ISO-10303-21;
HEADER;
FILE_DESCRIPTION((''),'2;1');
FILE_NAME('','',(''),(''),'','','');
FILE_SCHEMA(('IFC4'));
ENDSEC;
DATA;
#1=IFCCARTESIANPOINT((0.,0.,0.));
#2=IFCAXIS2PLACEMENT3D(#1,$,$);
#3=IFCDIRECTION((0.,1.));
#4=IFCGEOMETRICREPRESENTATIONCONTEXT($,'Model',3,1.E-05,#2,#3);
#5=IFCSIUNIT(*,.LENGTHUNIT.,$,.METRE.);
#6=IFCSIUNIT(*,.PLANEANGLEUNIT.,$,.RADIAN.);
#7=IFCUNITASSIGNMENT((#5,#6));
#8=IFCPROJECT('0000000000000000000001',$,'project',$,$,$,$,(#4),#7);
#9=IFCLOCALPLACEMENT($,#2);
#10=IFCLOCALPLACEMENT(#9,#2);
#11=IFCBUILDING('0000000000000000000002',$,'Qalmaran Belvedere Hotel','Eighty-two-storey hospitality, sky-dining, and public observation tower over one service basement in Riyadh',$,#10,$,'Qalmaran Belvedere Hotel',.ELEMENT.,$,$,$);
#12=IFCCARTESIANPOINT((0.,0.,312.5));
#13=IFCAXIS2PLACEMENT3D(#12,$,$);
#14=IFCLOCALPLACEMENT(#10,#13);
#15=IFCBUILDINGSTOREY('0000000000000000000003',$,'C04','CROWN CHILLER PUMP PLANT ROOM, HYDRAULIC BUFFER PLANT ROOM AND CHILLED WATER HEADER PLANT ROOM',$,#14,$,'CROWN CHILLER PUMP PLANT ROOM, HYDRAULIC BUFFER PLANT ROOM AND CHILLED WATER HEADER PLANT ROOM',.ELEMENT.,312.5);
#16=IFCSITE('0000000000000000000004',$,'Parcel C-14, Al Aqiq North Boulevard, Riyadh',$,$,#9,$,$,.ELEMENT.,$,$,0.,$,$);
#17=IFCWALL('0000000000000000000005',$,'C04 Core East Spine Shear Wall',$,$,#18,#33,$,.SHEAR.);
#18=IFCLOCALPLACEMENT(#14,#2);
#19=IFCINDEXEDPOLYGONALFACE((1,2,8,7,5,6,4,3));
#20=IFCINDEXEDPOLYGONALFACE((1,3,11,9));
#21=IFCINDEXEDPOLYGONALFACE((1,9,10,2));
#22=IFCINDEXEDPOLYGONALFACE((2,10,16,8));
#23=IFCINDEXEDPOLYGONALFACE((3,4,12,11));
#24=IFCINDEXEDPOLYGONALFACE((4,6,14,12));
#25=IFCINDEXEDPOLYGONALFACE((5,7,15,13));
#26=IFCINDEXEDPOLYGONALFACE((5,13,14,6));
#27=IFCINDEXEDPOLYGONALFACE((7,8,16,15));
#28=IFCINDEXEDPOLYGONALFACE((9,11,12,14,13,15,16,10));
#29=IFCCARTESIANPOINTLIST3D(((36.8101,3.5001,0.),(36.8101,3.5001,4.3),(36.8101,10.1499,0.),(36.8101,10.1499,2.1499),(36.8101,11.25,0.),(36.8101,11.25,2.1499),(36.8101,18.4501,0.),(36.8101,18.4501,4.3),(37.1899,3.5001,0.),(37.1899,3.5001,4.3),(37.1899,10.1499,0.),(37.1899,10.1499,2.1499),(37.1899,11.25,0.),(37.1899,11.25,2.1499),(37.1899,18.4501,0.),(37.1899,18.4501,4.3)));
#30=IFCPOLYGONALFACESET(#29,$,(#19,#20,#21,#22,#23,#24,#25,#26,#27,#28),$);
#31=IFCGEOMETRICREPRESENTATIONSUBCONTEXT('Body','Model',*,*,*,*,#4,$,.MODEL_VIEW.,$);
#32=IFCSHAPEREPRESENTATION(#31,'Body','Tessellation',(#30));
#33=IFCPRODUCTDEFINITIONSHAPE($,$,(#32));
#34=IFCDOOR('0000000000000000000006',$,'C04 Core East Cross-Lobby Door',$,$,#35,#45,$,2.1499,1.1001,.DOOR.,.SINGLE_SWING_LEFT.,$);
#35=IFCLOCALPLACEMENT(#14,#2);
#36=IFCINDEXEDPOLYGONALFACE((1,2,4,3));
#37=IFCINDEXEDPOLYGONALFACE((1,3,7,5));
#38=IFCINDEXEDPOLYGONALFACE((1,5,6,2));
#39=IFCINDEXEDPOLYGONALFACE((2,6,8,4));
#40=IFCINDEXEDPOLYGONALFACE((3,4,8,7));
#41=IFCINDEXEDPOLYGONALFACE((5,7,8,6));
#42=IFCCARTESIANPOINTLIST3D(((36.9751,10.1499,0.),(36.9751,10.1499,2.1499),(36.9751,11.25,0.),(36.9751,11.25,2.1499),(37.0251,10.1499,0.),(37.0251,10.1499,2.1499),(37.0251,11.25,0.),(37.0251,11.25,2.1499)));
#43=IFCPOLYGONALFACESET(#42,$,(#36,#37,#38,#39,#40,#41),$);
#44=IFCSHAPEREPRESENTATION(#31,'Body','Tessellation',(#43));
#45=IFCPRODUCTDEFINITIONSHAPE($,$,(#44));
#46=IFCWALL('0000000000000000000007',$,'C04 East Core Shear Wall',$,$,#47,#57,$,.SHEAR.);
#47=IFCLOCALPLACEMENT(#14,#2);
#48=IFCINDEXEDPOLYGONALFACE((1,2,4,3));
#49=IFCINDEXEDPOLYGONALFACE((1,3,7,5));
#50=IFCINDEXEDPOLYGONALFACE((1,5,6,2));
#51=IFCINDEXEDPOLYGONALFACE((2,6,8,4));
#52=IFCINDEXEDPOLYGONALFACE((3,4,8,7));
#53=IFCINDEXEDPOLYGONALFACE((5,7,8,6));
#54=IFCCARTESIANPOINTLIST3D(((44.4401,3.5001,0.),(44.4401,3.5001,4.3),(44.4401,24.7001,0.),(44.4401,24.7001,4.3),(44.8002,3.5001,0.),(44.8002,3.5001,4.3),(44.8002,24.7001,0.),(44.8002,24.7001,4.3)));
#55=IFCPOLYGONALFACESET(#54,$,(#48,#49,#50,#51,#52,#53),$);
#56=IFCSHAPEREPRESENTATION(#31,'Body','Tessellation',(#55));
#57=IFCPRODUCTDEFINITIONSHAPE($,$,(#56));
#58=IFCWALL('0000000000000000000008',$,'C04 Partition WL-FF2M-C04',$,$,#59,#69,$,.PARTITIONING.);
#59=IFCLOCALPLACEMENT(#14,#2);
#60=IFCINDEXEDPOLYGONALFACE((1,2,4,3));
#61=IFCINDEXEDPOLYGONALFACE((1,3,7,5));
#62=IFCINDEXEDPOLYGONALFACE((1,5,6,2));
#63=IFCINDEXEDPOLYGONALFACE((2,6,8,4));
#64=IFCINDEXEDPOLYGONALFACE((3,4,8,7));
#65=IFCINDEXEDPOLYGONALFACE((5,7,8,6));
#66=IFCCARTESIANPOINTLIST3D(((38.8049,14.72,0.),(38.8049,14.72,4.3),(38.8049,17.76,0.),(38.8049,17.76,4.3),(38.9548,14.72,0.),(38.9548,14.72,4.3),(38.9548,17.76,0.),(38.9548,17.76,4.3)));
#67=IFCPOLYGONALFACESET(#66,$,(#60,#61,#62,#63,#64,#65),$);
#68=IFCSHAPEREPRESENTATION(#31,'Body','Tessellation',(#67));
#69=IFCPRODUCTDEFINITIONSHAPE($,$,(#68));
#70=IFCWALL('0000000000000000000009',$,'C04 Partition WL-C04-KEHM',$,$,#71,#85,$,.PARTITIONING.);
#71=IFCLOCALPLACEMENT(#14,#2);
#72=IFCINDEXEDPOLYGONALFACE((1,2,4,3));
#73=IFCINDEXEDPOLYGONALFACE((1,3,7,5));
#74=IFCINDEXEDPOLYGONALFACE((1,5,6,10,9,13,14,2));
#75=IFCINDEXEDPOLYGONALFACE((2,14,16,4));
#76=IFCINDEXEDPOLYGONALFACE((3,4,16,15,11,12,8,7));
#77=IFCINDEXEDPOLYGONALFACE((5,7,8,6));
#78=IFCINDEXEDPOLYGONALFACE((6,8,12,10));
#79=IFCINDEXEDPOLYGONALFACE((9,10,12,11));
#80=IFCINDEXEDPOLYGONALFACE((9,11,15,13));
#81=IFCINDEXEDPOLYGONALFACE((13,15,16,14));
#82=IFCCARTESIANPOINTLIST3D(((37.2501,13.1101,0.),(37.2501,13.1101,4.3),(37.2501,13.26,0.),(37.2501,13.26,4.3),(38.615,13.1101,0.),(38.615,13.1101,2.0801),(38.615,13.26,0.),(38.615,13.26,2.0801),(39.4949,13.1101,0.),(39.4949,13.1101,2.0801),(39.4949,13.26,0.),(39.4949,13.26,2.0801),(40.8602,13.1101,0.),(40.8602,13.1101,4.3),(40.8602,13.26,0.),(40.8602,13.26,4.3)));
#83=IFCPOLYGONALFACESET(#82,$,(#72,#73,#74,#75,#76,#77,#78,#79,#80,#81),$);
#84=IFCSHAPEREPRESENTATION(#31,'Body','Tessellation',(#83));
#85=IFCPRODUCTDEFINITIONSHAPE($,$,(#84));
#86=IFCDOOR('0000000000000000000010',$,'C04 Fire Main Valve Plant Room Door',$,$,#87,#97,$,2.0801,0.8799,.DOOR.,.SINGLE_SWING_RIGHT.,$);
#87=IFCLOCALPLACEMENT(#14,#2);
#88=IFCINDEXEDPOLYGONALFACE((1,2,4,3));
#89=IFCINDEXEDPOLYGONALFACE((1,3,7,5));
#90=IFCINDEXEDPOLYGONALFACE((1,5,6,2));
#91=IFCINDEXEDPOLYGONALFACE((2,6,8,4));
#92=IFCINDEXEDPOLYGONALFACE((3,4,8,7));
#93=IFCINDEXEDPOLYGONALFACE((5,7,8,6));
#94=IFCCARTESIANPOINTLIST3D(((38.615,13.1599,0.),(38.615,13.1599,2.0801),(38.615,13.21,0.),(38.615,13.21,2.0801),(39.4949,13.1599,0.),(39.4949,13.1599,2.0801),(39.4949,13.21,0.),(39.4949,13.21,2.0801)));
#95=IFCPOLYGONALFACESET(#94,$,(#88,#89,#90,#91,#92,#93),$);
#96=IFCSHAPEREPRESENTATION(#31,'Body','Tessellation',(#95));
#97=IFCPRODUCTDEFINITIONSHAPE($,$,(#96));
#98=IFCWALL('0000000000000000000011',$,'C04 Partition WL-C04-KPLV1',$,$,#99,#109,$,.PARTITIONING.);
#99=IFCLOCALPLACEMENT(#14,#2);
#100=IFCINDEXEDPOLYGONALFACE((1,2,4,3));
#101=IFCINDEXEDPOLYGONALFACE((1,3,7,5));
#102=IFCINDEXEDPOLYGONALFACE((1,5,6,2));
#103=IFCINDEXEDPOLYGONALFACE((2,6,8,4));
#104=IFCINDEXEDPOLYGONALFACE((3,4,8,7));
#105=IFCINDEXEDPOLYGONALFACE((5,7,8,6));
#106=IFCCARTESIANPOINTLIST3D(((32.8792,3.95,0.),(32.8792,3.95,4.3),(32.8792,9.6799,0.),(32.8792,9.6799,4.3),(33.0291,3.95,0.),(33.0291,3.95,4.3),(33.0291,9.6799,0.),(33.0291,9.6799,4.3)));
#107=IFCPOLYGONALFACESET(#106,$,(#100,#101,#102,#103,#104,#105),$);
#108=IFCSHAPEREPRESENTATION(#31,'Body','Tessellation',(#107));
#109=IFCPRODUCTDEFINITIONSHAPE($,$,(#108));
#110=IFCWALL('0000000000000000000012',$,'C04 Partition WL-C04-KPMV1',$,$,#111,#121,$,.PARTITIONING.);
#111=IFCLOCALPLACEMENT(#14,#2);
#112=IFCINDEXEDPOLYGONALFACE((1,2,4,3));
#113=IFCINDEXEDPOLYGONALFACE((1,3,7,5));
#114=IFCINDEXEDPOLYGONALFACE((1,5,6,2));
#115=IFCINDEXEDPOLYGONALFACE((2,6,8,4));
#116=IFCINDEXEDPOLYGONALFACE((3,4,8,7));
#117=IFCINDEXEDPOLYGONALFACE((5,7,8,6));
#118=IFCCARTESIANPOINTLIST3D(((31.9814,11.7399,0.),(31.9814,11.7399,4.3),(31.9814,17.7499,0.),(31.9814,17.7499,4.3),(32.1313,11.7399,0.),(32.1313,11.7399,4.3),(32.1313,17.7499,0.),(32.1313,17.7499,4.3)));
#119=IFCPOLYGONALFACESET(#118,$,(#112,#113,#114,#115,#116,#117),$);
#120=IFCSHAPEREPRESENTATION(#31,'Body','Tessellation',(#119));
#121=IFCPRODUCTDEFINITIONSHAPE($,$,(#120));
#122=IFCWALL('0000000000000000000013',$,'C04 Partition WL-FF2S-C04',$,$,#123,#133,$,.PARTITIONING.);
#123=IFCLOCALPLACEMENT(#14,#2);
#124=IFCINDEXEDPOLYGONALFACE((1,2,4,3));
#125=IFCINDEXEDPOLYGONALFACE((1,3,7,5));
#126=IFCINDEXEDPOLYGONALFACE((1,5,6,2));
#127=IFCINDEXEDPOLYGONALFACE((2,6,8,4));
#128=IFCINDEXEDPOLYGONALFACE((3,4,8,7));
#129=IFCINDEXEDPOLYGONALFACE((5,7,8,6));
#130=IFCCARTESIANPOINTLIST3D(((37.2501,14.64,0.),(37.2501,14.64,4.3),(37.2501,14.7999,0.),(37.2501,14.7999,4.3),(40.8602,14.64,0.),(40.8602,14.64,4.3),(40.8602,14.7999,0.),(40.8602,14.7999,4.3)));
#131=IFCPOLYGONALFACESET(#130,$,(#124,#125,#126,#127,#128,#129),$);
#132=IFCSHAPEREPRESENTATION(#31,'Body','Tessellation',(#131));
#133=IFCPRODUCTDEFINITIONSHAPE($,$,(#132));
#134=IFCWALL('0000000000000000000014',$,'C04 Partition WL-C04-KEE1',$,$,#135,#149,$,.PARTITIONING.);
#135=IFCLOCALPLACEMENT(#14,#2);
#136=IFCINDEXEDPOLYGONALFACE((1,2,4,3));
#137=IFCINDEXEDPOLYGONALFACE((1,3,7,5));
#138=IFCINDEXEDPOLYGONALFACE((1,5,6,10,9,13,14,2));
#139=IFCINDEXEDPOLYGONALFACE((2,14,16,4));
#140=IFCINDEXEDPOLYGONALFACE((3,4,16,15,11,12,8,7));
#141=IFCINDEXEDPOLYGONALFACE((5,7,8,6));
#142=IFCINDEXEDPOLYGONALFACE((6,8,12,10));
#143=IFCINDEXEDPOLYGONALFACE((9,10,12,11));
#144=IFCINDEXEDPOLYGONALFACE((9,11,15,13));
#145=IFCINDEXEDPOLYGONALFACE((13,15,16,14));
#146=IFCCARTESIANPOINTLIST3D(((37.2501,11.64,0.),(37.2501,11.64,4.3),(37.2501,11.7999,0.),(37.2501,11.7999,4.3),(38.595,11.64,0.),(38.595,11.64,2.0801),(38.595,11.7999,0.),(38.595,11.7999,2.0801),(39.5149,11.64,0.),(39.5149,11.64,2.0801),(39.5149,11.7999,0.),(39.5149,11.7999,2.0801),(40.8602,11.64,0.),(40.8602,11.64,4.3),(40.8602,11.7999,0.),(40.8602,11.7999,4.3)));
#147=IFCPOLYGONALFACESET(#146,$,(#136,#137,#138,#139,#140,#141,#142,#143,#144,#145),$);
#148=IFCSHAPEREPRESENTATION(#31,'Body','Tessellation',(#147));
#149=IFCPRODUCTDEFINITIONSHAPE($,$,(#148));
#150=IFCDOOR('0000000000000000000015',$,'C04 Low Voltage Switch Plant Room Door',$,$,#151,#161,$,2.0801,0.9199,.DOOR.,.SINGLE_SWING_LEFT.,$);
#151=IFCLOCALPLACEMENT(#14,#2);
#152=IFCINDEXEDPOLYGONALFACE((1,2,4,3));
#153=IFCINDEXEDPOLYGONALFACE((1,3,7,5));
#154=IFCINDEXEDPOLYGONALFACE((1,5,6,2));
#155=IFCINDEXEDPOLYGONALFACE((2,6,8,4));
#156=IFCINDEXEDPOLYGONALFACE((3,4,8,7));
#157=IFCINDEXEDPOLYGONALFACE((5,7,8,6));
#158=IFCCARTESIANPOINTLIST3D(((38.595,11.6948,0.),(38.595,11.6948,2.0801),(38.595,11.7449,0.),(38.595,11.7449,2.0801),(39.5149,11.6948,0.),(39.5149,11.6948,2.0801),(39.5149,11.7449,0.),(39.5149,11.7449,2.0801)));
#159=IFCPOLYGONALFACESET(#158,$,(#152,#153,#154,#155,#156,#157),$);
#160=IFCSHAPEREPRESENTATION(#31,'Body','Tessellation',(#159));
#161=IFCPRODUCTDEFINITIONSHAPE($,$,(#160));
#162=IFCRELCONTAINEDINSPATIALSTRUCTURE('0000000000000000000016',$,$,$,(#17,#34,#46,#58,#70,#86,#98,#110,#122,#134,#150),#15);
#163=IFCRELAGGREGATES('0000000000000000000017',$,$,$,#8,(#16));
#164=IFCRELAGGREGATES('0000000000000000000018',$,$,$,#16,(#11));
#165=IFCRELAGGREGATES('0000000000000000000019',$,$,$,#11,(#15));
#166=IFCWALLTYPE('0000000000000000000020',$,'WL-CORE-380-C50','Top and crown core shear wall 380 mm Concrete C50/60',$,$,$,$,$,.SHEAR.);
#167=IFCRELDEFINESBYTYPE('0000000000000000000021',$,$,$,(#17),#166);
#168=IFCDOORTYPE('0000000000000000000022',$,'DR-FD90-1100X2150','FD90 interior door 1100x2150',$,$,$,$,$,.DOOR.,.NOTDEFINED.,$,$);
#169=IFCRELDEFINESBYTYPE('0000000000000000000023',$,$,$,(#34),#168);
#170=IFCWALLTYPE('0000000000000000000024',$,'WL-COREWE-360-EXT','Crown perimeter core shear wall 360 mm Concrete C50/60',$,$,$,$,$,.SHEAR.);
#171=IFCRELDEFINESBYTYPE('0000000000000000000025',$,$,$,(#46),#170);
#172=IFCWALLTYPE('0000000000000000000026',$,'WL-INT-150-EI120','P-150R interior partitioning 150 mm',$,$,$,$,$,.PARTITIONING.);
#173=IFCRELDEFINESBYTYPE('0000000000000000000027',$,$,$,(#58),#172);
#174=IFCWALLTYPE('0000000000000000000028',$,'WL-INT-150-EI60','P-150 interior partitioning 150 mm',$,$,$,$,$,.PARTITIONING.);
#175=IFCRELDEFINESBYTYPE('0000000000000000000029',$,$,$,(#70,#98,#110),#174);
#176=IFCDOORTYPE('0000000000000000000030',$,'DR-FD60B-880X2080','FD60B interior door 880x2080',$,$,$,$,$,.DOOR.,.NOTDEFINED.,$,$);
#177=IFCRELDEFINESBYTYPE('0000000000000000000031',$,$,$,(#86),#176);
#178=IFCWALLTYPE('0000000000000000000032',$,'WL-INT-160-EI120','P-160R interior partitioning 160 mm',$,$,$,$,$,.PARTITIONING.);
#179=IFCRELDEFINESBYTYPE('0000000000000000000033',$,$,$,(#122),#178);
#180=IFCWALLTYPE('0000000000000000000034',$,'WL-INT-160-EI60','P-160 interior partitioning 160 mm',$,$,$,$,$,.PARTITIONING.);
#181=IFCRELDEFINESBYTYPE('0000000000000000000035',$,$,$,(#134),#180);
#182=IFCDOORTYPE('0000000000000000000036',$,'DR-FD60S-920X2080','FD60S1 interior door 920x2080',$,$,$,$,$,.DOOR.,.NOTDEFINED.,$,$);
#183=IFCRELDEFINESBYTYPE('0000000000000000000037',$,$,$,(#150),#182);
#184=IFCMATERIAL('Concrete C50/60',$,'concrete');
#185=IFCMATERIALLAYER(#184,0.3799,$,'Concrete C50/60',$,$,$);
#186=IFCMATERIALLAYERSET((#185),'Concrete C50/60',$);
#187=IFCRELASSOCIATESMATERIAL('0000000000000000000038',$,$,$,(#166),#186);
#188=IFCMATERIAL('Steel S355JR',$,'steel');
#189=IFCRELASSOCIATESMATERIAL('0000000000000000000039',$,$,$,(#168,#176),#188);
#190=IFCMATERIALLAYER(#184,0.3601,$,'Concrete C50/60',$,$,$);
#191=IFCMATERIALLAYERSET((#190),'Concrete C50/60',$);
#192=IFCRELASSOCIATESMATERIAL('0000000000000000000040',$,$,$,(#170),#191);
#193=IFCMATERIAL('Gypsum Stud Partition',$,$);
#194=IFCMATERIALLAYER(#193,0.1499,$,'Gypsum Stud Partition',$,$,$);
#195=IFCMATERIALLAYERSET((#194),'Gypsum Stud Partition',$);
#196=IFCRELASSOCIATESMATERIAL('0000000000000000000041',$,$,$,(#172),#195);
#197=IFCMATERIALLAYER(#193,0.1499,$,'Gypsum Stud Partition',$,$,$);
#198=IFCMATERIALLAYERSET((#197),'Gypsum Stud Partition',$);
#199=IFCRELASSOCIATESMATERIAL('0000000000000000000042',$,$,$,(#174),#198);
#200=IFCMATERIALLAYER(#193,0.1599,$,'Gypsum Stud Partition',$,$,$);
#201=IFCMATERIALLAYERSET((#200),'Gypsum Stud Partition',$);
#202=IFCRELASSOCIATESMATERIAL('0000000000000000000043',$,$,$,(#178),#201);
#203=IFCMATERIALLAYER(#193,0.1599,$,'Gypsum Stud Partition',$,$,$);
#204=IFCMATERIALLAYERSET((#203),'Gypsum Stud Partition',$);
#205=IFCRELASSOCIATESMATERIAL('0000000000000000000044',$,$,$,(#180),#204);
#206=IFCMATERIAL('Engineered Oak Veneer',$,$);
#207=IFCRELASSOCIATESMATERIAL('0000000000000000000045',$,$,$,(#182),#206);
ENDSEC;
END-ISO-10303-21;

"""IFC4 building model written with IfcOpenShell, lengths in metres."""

from ifc_helpers import new_model, si_unit, direction, frame, frame_2d, origin, place, context, subcontext, project, spatial, rectangle, extrude, material, layer, layer_set, type_object, element, fill, save


model = new_model("IFC4")

# Units and contexts
model_context = context("Model", 3, precision=1e-05, world=origin(), true_north=direction((0.0, 1.0)))
body_context = subcontext(model_context, "Body", "Model", "MODEL_VIEW")
ifc_project = project(units=[si_unit("LENGTHUNIT", "METRE"), si_unit("PLANEANGLEUNIT", "RADIAN")], contexts=[model_context])

# Site, building, storey
site_placement = place(None, origin())
site = spatial("IfcSite", under=ifc_project, at=site_placement, Name="Parcel C-14, Al Aqiq North Boulevard, Riyadh", CompositionType="ELEMENT", RefElevation=0.0)
building_placement = place(site_placement, origin())
building = spatial("IfcBuilding", under=site, at=building_placement, Name="Qalmaran Belvedere Hotel", Description="Eighty-two-storey hospitality, sky-dining, and public observation tower over one service basement in Riyadh", LongName="Qalmaran Belvedere Hotel", CompositionType="ELEMENT")
storey_placement = place(building_placement, frame((0.0, 0.0, 312.5)))
storey = spatial("IfcBuildingStorey", under=building, at=storey_placement, Name="C04", Description="CROWN CHILLER PUMP PLANT ROOM, HYDRAULIC BUFFER PLANT ROOM AND CHILLED WATER HEADER PLANT ROOM", LongName="CROWN CHILLER PUMP PLANT ROOM, HYDRAULIC BUFFER PLANT ROOM AND CHILLED WATER HEADER PLANT ROOM", CompositionType="ELEMENT", Elevation=312.5)

# Wall, opening, door
ifc_material_1 = material(Name="Concrete C50/60", Category="concrete")
ifc_layer_1 = layer(ifc_material_1, 0.3799, Name="Concrete C50/60")
ifc_layer_set_1 = layer_set([ifc_layer_1], Name="Concrete C50/60")
wall_type_1 = type_object("IfcWallType", Name="WL-CORE-380-C50", Description="Top and crown core shear wall 380 mm Concrete C50/60", PredefinedType="SHEAR", material=ifc_layer_set_1)
wall_1_placement = place(storey_placement, frame((37.0, 3.5, 0.0), z_axis=(0.0, 0.0, 1.0), x_axis=(0.0, 1.0, 0.0)))
wall_1 = element("IfcWall", 1, at=wall_1_placement, inside=storey, type_object=wall_type_1, Name="C04 Core East Spine Shear Wall", PredefinedType="SHEAR", context=body_context, shape_type="SweptSolid", body=[
    extrude(rectangle(XDim=14.95, YDim=0.3799, at=frame_2d((7.4751, 0.0))), origin(), (0.0, 0.0, 1.0), 4.3),
])
opening_1_placement = place(wall_1_placement, frame((6.6499, 0.0, 0.0)))
opening_1 = element("IfcOpeningElement", 2, at=opening_1_placement, cuts=wall_1, PredefinedType="OPENING", context=body_context, shape_type="SweptSolid", body=[
    extrude(rectangle(XDim=1.1001, YDim=2.1499, at=frame_2d((0.55, 1.075))), frame((0.0, 0.2, 0.0), z_axis=(0.0, -1.0, 0.0), x_axis=(1.0, 0.0, 0.0)), (0.0, 0.0, 1.0), 0.3999),
])
ifc_material_2 = material(Name="Steel S355JR", Category="steel")
door_type_1 = type_object("IfcDoorType", Name="DR-FD90-1100X2150", Description="FD90 interior door 1100x2150", OperationType="NOTDEFINED", PredefinedType="DOOR", material=ifc_material_2)
door_1_placement = place(opening_1_placement, origin())
door_1 = element("IfcDoor", 3, at=door_1_placement, inside=storey, type_object=door_type_1, Name="C04 Core East Cross-Lobby Door", OperationType="SINGLE_SWING_LEFT", OverallHeight=2.1499, OverallWidth=1.1001, PredefinedType="DOOR", context=body_context, shape_type="SweptSolid", body=[
    extrude(rectangle(XDim=1.1001, YDim=2.1499, at=frame_2d((0.55, 1.075))), frame((0.0, 0.0249, 0.0), z_axis=(0.0, -1.0, 0.0), x_axis=(1.0, 0.0, 0.0)), (0.0, 0.0, 1.0), 0.05),
])
fill(opening_1, door_1)

# Walls
ifc_layer_2 = layer(ifc_material_1, 0.3601, Name="Concrete C50/60")
ifc_layer_set_2 = layer_set([ifc_layer_2], Name="Concrete C50/60")
wall_type_2 = type_object("IfcWallType", Name="WL-COREWE-360-EXT", Description="Crown perimeter core shear wall 360 mm Concrete C50/60", PredefinedType="SHEAR", material=ifc_layer_set_2)
wall_2_placement = place(storey_placement, frame((44.6201, 3.5, 0.0), z_axis=(0.0, 0.0, 1.0), x_axis=(0.0, 1.0, 0.0)))
element("IfcWall", 4, at=wall_2_placement, inside=storey, type_object=wall_type_2, Name="C04 East Core Shear Wall", PredefinedType="SHEAR", context=body_context, shape_type="SweptSolid", body=[
    extrude(rectangle(XDim=21.2, YDim=0.3601, at=frame_2d((10.6001, 0.0))), origin(), (0.0, 0.0, 1.0), 4.3),
])
ifc_material_3 = material(Name="Gypsum Stud Partition")
ifc_layer_3 = layer(ifc_material_3, 0.1499, Name="Gypsum Stud Partition")
ifc_layer_set_3 = layer_set([ifc_layer_3], Name="Gypsum Stud Partition")
wall_type_3 = type_object("IfcWallType", Name="WL-INT-150-EI120", Description="P-150R interior partitioning 150 mm", PredefinedType="PARTITIONING", material=ifc_layer_set_3)
wall_3_placement = place(storey_placement, frame((38.8799, 14.72, 0.0), z_axis=(0.0, 0.0, 1.0), x_axis=(0.0, 1.0, 0.0)))
element("IfcWall", 5, at=wall_3_placement, inside=storey, type_object=wall_type_3, Name="C04 Partition WL-FF2M-C04", PredefinedType="PARTITIONING", context=body_context, shape_type="SweptSolid", body=[
    extrude(rectangle(XDim=3.04, YDim=0.1499, at=frame_2d((1.52, 0.0))), origin(), (0.0, 0.0, 1.0), 4.3),
])

# Wall, opening, door
ifc_layer_4 = layer(ifc_material_3, 0.1499, Name="Gypsum Stud Partition")
ifc_layer_set_4 = layer_set([ifc_layer_4], Name="Gypsum Stud Partition")
wall_type_4 = type_object("IfcWallType", Name="WL-INT-150-EI60", Description="P-150 interior partitioning 150 mm", PredefinedType="PARTITIONING", material=ifc_layer_set_4)
wall_4_placement = place(storey_placement, frame((37.25, 13.1851, 0.0), z_axis=(0.0, 0.0, 1.0), x_axis=(1.0, 0.0, 0.0)))
wall_4 = element("IfcWall", 6, at=wall_4_placement, inside=storey, type_object=wall_type_4, Name="C04 Partition WL-C04-KEHM", PredefinedType="PARTITIONING", context=body_context, shape_type="SweptSolid", body=[
    extrude(rectangle(XDim=3.6101, YDim=0.1499, at=frame_2d((1.8052, 0.0))), origin(), (0.0, 0.0, 1.0), 4.3),
])
opening_2_placement = place(wall_4_placement, frame((1.365, 0.0, 0.0)))
opening_2 = element("IfcOpeningElement", 7, at=opening_2_placement, cuts=wall_4, PredefinedType="OPENING", context=body_context, shape_type="SweptSolid", body=[
    extrude(rectangle(XDim=0.8799, YDim=2.0801, at=frame_2d((0.4399, 1.04))), frame((0.0, 0.085, 0.0), z_axis=(0.0, -1.0, 0.0), x_axis=(1.0, 0.0, 0.0)), (0.0, 0.0, 1.0), 0.1699),
])
door_type_2 = type_object("IfcDoorType", Name="DR-FD60B-880X2080", Description="FD60B interior door 880x2080", OperationType="NOTDEFINED", PredefinedType="DOOR", material=ifc_material_2)
door_2_placement = place(opening_2_placement, origin())
door_2 = element("IfcDoor", 8, at=door_2_placement, inside=storey, type_object=door_type_2, Name="C04 Fire Main Valve Plant Room Door", OperationType="SINGLE_SWING_RIGHT", OverallHeight=2.0801, OverallWidth=0.8799, PredefinedType="DOOR", context=body_context, shape_type="SweptSolid", body=[
    extrude(rectangle(XDim=0.8799, YDim=2.0801, at=frame_2d((0.4399, 1.04))), frame((0.0, 0.0249, 0.0), z_axis=(0.0, -1.0, 0.0), x_axis=(1.0, 0.0, 0.0)), (0.0, 0.0, 1.0), 0.05),
])
fill(opening_2, door_2)

# Walls
wall_5_placement = place(storey_placement, frame((32.9541, 3.95, 0.0), z_axis=(0.0, 0.0, 1.0), x_axis=(0.0, 1.0, 0.0)))
element("IfcWall", 9, at=wall_5_placement, inside=storey, type_object=wall_type_4, Name="C04 Partition WL-C04-KPLV1", PredefinedType="PARTITIONING", context=body_context, shape_type="SweptSolid", body=[
    extrude(rectangle(XDim=5.73, YDim=0.1499, at=frame_2d((2.865, 0.0))), origin(), (0.0, 0.0, 1.0), 4.3),
])
wall_6_placement = place(storey_placement, frame((32.0564, 11.74, 0.0), z_axis=(0.0, 0.0, 1.0), x_axis=(0.0, 1.0, 0.0)))
element("IfcWall", 10, at=wall_6_placement, inside=storey, type_object=wall_type_4, Name="C04 Partition WL-C04-KPMV1", PredefinedType="PARTITIONING", context=body_context, shape_type="SweptSolid", body=[
    extrude(rectangle(XDim=6.01, YDim=0.1499, at=frame_2d((3.0049, 0.0))), origin(), (0.0, 0.0, 1.0), 4.3),
])
ifc_layer_5 = layer(ifc_material_3, 0.1599, Name="Gypsum Stud Partition")
ifc_layer_set_5 = layer_set([ifc_layer_5], Name="Gypsum Stud Partition")
wall_type_5 = type_object("IfcWallType", Name="WL-INT-160-EI120", Description="P-160R interior partitioning 160 mm", PredefinedType="PARTITIONING", material=ifc_layer_set_5)
wall_7_placement = place(storey_placement, frame((37.25, 14.72, 0.0), z_axis=(0.0, 0.0, 1.0), x_axis=(1.0, 0.0, 0.0)))
element("IfcWall", 11, at=wall_7_placement, inside=storey, type_object=wall_type_5, Name="C04 Partition WL-FF2S-C04", PredefinedType="PARTITIONING", context=body_context, shape_type="SweptSolid", body=[
    extrude(rectangle(XDim=3.6101, YDim=0.1599, at=frame_2d((1.8052, 0.0))), origin(), (0.0, 0.0, 1.0), 4.3),
])

# Wall, opening, door
ifc_layer_6 = layer(ifc_material_3, 0.1599, Name="Gypsum Stud Partition")
ifc_layer_set_6 = layer_set([ifc_layer_6], Name="Gypsum Stud Partition")
wall_type_6 = type_object("IfcWallType", Name="WL-INT-160-EI60", Description="P-160 interior partitioning 160 mm", PredefinedType="PARTITIONING", material=ifc_layer_set_6)
wall_8_placement = place(storey_placement, frame((37.25, 11.72, 0.0), z_axis=(0.0, 0.0, 1.0), x_axis=(1.0, 0.0, 0.0)))
wall_8 = element("IfcWall", 12, at=wall_8_placement, inside=storey, type_object=wall_type_6, Name="C04 Partition WL-C04-KEE1", PredefinedType="PARTITIONING", context=body_context, shape_type="SweptSolid", body=[
    extrude(rectangle(XDim=3.6101, YDim=0.1599, at=frame_2d((1.8052, 0.0))), origin(), (0.0, 0.0, 1.0), 4.3),
])
opening_3_placement = place(wall_8_placement, frame((1.345, 0.0, 0.0)))
opening_3 = element("IfcOpeningElement", 13, at=opening_3_placement, cuts=wall_8, PredefinedType="OPENING", context=body_context, shape_type="SweptSolid", body=[
    extrude(rectangle(XDim=0.9199, YDim=2.0801, at=frame_2d((0.46, 1.04))), frame((0.0, 0.0898, 0.0), z_axis=(0.0, -1.0, 0.0), x_axis=(1.0, 0.0, 0.0)), (0.0, 0.0, 1.0), 0.1799),
])
ifc_material_4 = material(Name="Engineered Oak Veneer")
door_type_3 = type_object("IfcDoorType", Name="DR-FD60S-920X2080", Description="FD60S1 interior door 920x2080", OperationType="NOTDEFINED", PredefinedType="DOOR", material=ifc_material_4)
door_3_placement = place(opening_3_placement, origin())
door_3 = element("IfcDoor", 14, at=door_3_placement, inside=storey, type_object=door_type_3, Name="C04 Low Voltage Switch Plant Room Door", OperationType="SINGLE_SWING_LEFT", OverallHeight=2.0801, OverallWidth=0.9199, PredefinedType="DOOR", context=body_context, shape_type="SweptSolid", body=[
    extrude(rectangle(XDim=0.9199, YDim=2.0801, at=frame_2d((0.46, 1.04))), frame((0.0, 0.0249, 0.0), z_axis=(0.0, -1.0, 0.0), x_axis=(1.0, 0.0, 0.0)), (0.0, 0.0, 1.0), 0.05),
])
fill(opening_3, door_3)

save(model, "model.ifc")
